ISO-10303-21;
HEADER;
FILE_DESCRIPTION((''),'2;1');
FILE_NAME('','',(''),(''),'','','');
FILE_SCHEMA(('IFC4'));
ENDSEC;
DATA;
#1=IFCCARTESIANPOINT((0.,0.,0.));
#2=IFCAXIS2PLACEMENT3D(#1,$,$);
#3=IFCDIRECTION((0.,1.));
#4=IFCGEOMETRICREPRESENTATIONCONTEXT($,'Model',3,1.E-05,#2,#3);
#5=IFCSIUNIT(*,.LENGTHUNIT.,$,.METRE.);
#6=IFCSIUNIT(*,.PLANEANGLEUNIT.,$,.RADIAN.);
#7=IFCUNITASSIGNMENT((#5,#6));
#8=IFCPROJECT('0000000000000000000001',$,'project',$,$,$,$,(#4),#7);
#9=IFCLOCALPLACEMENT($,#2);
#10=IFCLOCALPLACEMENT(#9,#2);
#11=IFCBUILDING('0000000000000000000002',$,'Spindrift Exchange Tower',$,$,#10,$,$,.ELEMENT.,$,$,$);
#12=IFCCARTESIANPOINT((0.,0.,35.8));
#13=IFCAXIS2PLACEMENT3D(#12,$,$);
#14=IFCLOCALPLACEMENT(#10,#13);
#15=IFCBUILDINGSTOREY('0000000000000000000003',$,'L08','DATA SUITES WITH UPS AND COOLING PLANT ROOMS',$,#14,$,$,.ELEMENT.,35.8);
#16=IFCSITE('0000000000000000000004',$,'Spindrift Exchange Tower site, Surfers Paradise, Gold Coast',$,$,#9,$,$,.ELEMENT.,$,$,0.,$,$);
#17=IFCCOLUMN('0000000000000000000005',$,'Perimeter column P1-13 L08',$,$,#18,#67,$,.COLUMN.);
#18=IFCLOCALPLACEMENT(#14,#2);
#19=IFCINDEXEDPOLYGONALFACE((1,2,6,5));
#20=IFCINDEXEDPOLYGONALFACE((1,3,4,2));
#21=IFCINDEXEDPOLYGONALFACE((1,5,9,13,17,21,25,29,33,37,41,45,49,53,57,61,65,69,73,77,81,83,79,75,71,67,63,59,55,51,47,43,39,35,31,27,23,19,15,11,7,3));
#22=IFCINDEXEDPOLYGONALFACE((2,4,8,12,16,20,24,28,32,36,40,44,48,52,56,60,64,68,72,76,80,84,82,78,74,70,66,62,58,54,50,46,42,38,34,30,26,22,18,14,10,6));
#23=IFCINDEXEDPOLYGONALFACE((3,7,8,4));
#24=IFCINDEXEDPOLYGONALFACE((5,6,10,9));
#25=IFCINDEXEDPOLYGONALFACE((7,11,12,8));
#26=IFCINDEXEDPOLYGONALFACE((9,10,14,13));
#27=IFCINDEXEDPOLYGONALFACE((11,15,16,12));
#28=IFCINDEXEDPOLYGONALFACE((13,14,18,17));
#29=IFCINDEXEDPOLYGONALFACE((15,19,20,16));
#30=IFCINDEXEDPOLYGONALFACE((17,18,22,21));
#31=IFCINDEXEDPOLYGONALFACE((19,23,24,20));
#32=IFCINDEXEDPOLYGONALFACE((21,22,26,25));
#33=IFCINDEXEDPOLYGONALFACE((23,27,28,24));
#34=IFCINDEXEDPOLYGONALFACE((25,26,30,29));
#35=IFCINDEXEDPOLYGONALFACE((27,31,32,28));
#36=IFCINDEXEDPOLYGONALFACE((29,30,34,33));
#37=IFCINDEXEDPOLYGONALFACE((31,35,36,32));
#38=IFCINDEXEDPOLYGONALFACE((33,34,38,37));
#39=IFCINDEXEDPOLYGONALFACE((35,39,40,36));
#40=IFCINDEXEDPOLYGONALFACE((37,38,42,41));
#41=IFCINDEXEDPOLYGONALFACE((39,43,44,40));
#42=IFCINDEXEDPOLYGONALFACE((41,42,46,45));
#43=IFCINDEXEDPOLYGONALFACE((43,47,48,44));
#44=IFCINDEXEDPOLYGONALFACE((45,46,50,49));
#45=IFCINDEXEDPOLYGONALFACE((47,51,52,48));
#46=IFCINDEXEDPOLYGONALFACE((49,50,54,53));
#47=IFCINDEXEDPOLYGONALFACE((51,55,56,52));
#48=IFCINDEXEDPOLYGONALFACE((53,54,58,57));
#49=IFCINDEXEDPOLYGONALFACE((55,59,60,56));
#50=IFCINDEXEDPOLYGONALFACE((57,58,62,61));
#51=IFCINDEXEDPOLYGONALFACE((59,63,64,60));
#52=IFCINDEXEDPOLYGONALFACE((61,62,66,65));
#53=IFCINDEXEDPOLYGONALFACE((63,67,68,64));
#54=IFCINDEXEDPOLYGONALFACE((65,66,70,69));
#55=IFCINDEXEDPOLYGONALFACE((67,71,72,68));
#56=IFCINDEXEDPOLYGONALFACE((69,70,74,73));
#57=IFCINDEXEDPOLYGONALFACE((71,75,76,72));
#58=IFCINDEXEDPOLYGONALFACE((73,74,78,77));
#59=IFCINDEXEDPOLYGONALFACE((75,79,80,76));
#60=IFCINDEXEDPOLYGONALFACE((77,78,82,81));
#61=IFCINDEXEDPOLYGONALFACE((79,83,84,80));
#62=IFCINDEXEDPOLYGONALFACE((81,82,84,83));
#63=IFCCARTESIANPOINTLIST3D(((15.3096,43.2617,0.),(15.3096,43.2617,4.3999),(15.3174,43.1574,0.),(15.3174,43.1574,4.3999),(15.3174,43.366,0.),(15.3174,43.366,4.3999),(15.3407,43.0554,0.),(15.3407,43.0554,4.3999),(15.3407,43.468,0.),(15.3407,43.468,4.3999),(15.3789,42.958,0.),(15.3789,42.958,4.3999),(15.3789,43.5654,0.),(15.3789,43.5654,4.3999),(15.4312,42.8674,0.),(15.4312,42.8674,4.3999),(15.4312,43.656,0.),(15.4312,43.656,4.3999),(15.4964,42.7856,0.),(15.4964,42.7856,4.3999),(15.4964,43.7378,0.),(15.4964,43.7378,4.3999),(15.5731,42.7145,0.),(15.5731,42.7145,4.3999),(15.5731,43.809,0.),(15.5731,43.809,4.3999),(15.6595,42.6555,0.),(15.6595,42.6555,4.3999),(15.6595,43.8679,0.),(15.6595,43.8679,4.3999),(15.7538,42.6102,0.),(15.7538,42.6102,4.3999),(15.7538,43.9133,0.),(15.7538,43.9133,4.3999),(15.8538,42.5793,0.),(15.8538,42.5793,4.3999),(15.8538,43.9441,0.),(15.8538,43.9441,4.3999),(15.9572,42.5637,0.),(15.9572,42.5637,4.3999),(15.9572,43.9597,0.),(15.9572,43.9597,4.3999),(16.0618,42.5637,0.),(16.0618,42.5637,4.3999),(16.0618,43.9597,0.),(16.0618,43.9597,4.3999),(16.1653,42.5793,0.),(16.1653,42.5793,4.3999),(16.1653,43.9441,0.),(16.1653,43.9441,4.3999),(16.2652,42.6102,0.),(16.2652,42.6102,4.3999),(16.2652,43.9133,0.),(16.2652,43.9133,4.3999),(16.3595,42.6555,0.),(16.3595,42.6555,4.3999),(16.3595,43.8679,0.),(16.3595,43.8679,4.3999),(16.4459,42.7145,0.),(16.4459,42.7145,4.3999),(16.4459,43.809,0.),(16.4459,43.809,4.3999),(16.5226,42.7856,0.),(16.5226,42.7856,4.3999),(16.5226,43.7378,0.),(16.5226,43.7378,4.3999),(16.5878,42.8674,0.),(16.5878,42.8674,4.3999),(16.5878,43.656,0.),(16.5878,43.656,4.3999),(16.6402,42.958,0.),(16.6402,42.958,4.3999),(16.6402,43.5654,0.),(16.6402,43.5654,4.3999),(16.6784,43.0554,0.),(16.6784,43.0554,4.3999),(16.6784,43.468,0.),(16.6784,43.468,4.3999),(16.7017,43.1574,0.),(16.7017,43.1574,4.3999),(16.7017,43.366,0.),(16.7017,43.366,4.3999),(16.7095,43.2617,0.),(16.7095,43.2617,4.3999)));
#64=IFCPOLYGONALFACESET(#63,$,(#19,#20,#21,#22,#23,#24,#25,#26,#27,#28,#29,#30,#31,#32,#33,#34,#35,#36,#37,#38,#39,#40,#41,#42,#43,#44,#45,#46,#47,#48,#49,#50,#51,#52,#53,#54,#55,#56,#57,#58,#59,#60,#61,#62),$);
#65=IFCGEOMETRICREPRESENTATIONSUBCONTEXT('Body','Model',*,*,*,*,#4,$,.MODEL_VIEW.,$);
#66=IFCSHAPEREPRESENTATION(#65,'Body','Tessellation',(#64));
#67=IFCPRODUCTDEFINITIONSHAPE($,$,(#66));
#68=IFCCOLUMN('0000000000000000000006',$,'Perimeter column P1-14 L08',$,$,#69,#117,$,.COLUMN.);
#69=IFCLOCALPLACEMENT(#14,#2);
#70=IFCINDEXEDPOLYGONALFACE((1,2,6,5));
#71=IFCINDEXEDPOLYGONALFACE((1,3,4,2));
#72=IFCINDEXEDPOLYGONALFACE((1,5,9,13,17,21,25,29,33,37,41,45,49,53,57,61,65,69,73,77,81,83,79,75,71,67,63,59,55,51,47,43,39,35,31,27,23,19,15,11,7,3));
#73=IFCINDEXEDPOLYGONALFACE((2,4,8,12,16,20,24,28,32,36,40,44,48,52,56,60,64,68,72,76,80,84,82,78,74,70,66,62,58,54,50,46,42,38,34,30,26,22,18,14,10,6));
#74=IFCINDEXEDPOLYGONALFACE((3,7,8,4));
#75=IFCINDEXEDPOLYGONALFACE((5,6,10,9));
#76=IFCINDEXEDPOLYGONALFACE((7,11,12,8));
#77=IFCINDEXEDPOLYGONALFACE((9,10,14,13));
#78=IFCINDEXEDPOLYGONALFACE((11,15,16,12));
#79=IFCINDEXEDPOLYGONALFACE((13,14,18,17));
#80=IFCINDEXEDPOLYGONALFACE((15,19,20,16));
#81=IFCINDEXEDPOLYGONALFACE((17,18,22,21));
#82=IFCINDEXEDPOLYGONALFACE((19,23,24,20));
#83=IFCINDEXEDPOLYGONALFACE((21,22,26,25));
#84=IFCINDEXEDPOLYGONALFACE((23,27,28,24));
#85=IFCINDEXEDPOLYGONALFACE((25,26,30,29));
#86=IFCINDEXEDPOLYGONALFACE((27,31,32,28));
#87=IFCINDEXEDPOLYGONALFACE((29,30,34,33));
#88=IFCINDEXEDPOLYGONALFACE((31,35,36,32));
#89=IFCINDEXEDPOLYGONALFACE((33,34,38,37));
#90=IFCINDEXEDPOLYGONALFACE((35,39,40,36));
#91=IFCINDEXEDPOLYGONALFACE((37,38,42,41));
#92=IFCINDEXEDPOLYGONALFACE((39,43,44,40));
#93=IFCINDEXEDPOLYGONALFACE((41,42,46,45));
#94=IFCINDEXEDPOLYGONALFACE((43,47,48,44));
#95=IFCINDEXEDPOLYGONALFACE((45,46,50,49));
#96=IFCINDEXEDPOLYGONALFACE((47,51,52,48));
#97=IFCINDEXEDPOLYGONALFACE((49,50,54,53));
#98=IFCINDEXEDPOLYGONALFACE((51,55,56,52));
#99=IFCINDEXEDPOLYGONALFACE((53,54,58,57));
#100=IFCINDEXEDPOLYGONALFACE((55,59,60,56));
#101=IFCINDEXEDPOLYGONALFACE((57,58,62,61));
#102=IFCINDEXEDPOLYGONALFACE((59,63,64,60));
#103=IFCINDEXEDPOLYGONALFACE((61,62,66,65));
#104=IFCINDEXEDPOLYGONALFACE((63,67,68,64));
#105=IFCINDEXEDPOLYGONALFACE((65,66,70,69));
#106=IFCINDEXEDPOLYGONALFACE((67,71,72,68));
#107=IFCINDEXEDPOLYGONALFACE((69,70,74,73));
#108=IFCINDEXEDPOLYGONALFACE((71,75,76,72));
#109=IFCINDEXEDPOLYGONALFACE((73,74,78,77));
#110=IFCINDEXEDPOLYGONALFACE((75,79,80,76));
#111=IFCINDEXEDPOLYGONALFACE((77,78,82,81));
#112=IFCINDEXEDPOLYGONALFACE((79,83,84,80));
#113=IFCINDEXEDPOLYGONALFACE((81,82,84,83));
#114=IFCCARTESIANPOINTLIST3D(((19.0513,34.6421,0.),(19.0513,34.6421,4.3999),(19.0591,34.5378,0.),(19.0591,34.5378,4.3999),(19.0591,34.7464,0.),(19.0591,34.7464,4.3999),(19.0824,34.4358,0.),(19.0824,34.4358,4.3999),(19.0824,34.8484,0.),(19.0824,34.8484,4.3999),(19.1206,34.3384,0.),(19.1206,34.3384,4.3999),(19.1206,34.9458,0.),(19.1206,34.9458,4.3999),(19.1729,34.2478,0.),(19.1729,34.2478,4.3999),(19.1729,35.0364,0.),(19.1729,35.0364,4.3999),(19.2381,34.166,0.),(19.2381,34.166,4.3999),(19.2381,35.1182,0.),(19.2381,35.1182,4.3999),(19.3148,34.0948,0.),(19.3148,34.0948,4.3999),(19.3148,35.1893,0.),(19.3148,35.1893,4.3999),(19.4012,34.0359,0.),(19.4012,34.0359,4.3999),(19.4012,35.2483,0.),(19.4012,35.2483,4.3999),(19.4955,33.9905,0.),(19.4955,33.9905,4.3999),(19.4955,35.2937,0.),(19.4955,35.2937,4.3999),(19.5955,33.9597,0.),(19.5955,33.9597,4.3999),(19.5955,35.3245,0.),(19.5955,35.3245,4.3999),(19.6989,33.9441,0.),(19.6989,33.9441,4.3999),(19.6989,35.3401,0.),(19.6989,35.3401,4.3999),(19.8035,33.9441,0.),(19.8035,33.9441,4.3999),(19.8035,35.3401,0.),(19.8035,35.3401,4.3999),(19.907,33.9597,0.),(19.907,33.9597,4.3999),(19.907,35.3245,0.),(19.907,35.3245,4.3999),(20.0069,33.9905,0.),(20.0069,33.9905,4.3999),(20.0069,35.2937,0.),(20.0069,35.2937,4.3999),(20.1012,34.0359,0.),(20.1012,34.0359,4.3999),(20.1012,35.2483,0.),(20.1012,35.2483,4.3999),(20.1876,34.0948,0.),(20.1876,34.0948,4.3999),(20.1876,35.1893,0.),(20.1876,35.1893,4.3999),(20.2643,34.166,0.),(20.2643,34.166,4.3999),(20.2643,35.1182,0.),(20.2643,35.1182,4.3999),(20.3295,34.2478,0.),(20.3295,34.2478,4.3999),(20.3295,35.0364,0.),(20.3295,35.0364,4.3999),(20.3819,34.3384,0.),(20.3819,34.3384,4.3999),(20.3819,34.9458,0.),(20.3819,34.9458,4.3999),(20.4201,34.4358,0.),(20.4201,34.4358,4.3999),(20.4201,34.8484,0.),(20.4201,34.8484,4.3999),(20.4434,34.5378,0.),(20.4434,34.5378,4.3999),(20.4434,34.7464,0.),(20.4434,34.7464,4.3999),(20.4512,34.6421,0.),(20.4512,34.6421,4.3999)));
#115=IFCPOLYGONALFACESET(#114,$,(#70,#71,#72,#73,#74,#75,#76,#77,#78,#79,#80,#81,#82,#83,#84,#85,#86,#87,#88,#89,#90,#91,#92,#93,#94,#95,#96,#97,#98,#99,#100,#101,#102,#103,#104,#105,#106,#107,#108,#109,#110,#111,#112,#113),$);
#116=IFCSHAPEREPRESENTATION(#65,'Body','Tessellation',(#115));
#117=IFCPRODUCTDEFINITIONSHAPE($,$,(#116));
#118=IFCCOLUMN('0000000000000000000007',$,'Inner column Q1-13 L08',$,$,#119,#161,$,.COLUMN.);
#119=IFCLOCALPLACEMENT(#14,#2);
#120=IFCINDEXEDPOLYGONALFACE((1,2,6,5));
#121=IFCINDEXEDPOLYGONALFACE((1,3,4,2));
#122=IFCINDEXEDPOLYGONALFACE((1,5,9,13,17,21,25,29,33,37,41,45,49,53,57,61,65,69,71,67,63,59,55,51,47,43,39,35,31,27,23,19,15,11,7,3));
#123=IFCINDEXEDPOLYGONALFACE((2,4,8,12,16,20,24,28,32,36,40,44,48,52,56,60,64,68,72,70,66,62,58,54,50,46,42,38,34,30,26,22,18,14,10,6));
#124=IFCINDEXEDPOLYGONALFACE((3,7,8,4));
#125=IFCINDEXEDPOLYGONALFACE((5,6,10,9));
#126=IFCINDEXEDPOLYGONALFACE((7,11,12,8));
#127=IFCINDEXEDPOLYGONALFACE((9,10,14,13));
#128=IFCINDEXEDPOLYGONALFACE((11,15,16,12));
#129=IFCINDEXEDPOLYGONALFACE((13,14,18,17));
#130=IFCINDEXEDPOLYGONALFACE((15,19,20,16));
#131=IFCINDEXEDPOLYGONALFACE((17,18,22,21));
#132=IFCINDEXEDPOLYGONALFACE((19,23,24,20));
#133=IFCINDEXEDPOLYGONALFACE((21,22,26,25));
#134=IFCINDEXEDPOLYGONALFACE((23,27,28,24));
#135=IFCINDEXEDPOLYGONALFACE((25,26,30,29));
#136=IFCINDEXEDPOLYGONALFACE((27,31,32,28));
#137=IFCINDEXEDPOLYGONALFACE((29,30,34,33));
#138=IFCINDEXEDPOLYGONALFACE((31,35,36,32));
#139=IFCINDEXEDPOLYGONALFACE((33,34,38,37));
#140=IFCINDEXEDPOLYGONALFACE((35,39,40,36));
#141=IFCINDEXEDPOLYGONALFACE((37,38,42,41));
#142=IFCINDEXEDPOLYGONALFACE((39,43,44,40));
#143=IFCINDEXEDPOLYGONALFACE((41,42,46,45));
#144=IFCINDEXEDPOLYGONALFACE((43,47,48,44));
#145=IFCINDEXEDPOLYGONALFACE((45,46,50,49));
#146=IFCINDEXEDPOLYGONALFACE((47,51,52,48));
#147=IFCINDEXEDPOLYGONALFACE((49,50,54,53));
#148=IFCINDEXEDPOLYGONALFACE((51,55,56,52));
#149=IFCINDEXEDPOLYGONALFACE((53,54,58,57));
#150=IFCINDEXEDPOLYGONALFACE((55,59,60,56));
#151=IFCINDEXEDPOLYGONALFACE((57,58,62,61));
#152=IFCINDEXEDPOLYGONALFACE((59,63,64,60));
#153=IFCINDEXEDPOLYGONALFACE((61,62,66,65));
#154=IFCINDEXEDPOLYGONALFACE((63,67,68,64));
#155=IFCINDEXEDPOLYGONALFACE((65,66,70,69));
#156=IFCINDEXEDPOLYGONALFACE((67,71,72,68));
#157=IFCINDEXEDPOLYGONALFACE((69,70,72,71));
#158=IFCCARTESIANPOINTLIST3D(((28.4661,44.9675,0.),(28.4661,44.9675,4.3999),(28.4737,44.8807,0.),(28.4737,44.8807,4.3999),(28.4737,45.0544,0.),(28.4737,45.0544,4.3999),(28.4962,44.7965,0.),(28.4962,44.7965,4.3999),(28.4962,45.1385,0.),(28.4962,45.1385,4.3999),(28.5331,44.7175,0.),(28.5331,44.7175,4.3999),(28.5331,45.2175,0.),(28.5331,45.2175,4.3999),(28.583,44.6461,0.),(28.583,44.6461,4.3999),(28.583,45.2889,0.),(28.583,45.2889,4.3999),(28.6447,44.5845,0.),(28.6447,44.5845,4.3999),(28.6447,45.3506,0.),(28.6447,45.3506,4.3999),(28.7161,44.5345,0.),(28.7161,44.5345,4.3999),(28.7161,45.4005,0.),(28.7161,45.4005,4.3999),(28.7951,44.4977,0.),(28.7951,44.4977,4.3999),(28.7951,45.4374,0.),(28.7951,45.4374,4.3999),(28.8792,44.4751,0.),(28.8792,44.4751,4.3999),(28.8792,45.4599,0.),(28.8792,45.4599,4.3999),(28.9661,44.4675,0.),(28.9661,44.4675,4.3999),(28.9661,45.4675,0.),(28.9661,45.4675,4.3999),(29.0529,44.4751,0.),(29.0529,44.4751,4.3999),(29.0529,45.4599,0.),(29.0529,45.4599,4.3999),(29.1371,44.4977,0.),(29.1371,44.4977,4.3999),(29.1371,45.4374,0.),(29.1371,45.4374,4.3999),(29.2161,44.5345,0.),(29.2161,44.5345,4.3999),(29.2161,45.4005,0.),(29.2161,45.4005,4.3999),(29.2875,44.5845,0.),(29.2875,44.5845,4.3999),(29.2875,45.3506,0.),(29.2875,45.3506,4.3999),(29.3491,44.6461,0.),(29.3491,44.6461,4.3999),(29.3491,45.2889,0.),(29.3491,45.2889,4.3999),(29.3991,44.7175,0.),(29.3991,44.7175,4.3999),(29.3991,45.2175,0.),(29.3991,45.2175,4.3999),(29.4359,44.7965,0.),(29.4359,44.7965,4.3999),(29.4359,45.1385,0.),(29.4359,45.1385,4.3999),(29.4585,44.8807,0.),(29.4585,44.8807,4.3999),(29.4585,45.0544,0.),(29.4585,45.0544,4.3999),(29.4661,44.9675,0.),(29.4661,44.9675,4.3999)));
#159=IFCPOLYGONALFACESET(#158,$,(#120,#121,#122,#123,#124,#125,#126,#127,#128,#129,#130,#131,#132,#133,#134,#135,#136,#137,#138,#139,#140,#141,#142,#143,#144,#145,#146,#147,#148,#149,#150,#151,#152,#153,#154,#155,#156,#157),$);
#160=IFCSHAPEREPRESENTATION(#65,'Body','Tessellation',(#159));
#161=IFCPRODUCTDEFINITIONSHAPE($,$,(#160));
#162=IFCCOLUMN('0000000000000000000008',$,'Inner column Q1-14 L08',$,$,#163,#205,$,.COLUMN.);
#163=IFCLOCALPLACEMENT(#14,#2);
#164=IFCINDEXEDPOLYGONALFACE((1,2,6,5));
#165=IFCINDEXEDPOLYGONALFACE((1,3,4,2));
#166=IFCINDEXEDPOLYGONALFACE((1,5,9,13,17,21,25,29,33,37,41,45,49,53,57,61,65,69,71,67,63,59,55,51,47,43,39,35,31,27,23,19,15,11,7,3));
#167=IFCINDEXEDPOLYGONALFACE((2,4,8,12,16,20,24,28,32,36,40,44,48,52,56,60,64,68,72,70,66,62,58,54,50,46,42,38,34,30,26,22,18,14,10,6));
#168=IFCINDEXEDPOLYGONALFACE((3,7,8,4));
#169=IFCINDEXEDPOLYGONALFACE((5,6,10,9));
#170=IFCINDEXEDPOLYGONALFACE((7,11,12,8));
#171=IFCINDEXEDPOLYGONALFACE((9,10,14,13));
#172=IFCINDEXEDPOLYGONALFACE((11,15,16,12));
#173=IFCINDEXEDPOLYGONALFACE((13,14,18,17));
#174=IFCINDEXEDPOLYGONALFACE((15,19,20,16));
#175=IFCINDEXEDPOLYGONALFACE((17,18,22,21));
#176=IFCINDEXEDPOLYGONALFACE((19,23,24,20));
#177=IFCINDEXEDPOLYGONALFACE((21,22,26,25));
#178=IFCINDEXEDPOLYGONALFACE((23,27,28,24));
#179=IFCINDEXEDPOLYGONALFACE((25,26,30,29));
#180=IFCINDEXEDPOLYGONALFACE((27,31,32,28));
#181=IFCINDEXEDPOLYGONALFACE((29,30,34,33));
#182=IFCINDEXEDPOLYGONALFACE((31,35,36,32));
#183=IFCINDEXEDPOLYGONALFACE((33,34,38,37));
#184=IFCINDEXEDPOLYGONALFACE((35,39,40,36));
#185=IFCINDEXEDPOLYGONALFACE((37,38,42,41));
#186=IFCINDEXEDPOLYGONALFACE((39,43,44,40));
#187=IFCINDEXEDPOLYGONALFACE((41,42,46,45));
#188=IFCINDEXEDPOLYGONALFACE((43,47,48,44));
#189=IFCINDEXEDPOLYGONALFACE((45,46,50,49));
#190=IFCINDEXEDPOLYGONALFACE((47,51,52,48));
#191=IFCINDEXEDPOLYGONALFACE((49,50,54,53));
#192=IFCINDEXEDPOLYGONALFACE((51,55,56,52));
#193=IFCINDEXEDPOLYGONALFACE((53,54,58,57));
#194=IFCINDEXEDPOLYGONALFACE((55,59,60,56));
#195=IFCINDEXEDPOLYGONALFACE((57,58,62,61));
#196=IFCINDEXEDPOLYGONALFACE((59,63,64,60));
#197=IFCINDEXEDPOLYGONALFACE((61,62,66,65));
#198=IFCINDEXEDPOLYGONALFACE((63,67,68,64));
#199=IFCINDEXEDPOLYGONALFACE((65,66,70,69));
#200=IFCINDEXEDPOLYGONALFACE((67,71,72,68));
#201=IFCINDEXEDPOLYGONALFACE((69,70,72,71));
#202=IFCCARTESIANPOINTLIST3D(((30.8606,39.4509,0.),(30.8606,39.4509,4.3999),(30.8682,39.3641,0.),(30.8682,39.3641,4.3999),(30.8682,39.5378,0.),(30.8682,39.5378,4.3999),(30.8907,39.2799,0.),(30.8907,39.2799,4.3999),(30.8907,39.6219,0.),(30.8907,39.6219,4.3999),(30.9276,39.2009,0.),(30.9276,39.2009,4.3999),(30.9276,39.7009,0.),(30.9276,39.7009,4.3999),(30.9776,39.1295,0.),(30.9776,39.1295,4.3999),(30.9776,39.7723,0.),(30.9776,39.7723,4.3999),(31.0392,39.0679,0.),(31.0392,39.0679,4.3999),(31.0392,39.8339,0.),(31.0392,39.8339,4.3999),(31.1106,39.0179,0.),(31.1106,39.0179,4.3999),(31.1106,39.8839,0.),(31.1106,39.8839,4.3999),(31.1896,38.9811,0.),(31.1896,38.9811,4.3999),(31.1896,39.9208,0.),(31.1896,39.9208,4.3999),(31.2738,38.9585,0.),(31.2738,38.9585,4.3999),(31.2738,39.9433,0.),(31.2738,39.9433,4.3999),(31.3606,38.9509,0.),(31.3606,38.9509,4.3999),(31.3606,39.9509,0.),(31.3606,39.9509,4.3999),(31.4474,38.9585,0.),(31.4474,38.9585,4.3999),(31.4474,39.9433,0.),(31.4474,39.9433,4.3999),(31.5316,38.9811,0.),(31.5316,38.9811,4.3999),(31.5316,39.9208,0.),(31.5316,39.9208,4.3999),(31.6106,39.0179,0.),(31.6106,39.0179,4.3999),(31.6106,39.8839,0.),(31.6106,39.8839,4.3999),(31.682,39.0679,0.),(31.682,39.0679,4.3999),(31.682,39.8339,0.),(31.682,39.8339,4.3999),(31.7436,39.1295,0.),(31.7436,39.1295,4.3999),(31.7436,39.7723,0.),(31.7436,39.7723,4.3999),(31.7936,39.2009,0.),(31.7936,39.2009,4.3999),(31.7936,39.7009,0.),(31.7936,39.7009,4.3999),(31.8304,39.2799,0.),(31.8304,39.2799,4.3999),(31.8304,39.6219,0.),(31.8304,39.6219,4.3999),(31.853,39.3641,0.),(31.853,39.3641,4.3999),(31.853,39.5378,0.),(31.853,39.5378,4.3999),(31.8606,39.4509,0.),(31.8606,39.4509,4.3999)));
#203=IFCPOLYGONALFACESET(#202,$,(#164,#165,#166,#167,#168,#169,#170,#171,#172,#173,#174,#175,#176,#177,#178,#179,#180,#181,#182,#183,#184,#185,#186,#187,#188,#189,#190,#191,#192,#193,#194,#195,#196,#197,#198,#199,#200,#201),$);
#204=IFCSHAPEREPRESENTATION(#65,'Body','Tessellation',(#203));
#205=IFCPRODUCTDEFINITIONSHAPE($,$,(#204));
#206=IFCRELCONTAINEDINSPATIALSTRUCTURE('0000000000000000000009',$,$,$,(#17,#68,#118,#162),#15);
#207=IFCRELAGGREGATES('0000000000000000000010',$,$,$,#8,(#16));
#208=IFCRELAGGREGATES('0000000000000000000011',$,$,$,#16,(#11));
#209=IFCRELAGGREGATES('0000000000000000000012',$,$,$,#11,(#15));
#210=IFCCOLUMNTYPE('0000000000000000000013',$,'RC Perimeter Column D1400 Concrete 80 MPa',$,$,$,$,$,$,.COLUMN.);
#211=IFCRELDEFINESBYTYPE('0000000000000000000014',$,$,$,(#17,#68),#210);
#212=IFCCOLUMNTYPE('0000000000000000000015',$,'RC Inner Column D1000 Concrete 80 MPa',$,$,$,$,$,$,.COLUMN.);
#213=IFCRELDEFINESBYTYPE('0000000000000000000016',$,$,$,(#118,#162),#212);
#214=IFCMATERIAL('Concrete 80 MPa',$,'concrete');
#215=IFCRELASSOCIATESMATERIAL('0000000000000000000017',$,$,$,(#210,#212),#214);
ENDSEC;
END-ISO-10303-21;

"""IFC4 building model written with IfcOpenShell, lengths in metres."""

from ifc_helpers import new_model, si_unit, direction, frame, origin, origin_2d, place, context, subcontext, project, spatial, circle, extrude, source, transform, mapped, material, material_profile, profile_set, type_object, element, save


model = new_model("IFC4")

# Units and contexts
model_context = context("Model", 3, precision=1e-05, world=origin(), true_north=direction((0.0, 1.0)))
body_context = subcontext(model_context, "Body", "Model", "MODEL_VIEW")
ifc_project = project(units=[si_unit("LENGTHUNIT", "METRE"), si_unit("PLANEANGLEUNIT", "RADIAN")], contexts=[model_context])

# Site, building, storey
site_placement = place(None, origin())
site = spatial("IfcSite", under=ifc_project, at=site_placement, Name="Spindrift Exchange Tower site, Surfers Paradise, Gold Coast", CompositionType="ELEMENT", RefElevation=0.0)
building_placement = place(site_placement, origin())
building = spatial("IfcBuilding", under=site, at=building_placement, Name="Spindrift Exchange Tower", CompositionType="ELEMENT")
storey_placement = place(building_placement, frame((0.0, 0.0, 35.8)))
storey = spatial("IfcBuildingStorey", under=building, at=storey_placement, Name="L08", Description="DATA SUITES WITH UPS AND COOLING PLANT ROOMS", CompositionType="ELEMENT", Elevation=35.8)

# Columns
ifc_material_1 = material(Name="Concrete 80 MPa", Category="concrete")
ifc_material_profile_1 = material_profile(ifc_material_1, circle(Radius=0.7, at=origin_2d()), Name="RC D1400")
ifc_profile_set_1 = profile_set([ifc_material_profile_1], Name="Concrete 80 MPa")
column_type_1 = type_object("IfcColumnType", Name="RC Perimeter Column D1400 Concrete 80 MPa", PredefinedType="COLUMN", material=ifc_profile_set_1)
shared_shape_1 = source(origin(), body_context, "Body", "SweptSolid", [
    extrude(circle(Radius=0.7, at=origin_2d()), origin(), (0.0, 0.0, 1.0), 4.3999),
])
for number, where, z_axis, x_axis, name in (
    (1, (16.0095, 43.2617, 0.0), (0.0, 0.0, 1.0), (1.0, 0.0, 0.0), "Perimeter column P1-13 L08"),
    (2, (19.7512, 34.6421, 0.0), (0.0, 0.0, 1.0), (1.0, 0.0, 0.0), "Perimeter column P1-14 L08"),
):
    element("IfcColumn", number, at=place(storey_placement, frame(where, z_axis=z_axis, x_axis=x_axis)), inside=storey, type_object=column_type_1, Name=name, PredefinedType="COLUMN", context=body_context, shape_type="MappedRepresentation", body=[
        mapped(shared_shape_1, transform((0.0, 0.0, 0.0), scale=1.0)),
    ])
ifc_material_profile_2 = material_profile(ifc_material_1, circle(Radius=0.5, at=origin_2d()), Name="RC D1000")
ifc_profile_set_2 = profile_set([ifc_material_profile_2], Name="Concrete 80 MPa")
column_type_2 = type_object("IfcColumnType", Name="RC Inner Column D1000 Concrete 80 MPa", PredefinedType="COLUMN", material=ifc_profile_set_2)
shared_shape_2 = source(origin(), body_context, "Body", "SweptSolid", [
    extrude(circle(Radius=0.5, at=origin_2d()), origin(), (0.0, 0.0, 1.0), 4.3999),
])
for number, where, z_axis, x_axis, name in (
    (3, (28.9661, 44.9675, 0.0), (0.0, 0.0, 1.0), (1.0, 0.0, 0.0), "Inner column Q1-13 L08"),
    (4, (31.3606, 39.4509, 0.0), (0.0, 0.0, 1.0), (1.0, 0.0, 0.0), "Inner column Q1-14 L08"),
):
    element("IfcColumn", number, at=place(storey_placement, frame(where, z_axis=z_axis, x_axis=x_axis)), inside=storey, type_object=column_type_2, Name=name, PredefinedType="COLUMN", context=body_context, shape_type="MappedRepresentation", body=[
        mapped(shared_shape_2, transform((0.0, 0.0, 0.0), scale=1.0)),
    ])

save(model, "model.ifc")
